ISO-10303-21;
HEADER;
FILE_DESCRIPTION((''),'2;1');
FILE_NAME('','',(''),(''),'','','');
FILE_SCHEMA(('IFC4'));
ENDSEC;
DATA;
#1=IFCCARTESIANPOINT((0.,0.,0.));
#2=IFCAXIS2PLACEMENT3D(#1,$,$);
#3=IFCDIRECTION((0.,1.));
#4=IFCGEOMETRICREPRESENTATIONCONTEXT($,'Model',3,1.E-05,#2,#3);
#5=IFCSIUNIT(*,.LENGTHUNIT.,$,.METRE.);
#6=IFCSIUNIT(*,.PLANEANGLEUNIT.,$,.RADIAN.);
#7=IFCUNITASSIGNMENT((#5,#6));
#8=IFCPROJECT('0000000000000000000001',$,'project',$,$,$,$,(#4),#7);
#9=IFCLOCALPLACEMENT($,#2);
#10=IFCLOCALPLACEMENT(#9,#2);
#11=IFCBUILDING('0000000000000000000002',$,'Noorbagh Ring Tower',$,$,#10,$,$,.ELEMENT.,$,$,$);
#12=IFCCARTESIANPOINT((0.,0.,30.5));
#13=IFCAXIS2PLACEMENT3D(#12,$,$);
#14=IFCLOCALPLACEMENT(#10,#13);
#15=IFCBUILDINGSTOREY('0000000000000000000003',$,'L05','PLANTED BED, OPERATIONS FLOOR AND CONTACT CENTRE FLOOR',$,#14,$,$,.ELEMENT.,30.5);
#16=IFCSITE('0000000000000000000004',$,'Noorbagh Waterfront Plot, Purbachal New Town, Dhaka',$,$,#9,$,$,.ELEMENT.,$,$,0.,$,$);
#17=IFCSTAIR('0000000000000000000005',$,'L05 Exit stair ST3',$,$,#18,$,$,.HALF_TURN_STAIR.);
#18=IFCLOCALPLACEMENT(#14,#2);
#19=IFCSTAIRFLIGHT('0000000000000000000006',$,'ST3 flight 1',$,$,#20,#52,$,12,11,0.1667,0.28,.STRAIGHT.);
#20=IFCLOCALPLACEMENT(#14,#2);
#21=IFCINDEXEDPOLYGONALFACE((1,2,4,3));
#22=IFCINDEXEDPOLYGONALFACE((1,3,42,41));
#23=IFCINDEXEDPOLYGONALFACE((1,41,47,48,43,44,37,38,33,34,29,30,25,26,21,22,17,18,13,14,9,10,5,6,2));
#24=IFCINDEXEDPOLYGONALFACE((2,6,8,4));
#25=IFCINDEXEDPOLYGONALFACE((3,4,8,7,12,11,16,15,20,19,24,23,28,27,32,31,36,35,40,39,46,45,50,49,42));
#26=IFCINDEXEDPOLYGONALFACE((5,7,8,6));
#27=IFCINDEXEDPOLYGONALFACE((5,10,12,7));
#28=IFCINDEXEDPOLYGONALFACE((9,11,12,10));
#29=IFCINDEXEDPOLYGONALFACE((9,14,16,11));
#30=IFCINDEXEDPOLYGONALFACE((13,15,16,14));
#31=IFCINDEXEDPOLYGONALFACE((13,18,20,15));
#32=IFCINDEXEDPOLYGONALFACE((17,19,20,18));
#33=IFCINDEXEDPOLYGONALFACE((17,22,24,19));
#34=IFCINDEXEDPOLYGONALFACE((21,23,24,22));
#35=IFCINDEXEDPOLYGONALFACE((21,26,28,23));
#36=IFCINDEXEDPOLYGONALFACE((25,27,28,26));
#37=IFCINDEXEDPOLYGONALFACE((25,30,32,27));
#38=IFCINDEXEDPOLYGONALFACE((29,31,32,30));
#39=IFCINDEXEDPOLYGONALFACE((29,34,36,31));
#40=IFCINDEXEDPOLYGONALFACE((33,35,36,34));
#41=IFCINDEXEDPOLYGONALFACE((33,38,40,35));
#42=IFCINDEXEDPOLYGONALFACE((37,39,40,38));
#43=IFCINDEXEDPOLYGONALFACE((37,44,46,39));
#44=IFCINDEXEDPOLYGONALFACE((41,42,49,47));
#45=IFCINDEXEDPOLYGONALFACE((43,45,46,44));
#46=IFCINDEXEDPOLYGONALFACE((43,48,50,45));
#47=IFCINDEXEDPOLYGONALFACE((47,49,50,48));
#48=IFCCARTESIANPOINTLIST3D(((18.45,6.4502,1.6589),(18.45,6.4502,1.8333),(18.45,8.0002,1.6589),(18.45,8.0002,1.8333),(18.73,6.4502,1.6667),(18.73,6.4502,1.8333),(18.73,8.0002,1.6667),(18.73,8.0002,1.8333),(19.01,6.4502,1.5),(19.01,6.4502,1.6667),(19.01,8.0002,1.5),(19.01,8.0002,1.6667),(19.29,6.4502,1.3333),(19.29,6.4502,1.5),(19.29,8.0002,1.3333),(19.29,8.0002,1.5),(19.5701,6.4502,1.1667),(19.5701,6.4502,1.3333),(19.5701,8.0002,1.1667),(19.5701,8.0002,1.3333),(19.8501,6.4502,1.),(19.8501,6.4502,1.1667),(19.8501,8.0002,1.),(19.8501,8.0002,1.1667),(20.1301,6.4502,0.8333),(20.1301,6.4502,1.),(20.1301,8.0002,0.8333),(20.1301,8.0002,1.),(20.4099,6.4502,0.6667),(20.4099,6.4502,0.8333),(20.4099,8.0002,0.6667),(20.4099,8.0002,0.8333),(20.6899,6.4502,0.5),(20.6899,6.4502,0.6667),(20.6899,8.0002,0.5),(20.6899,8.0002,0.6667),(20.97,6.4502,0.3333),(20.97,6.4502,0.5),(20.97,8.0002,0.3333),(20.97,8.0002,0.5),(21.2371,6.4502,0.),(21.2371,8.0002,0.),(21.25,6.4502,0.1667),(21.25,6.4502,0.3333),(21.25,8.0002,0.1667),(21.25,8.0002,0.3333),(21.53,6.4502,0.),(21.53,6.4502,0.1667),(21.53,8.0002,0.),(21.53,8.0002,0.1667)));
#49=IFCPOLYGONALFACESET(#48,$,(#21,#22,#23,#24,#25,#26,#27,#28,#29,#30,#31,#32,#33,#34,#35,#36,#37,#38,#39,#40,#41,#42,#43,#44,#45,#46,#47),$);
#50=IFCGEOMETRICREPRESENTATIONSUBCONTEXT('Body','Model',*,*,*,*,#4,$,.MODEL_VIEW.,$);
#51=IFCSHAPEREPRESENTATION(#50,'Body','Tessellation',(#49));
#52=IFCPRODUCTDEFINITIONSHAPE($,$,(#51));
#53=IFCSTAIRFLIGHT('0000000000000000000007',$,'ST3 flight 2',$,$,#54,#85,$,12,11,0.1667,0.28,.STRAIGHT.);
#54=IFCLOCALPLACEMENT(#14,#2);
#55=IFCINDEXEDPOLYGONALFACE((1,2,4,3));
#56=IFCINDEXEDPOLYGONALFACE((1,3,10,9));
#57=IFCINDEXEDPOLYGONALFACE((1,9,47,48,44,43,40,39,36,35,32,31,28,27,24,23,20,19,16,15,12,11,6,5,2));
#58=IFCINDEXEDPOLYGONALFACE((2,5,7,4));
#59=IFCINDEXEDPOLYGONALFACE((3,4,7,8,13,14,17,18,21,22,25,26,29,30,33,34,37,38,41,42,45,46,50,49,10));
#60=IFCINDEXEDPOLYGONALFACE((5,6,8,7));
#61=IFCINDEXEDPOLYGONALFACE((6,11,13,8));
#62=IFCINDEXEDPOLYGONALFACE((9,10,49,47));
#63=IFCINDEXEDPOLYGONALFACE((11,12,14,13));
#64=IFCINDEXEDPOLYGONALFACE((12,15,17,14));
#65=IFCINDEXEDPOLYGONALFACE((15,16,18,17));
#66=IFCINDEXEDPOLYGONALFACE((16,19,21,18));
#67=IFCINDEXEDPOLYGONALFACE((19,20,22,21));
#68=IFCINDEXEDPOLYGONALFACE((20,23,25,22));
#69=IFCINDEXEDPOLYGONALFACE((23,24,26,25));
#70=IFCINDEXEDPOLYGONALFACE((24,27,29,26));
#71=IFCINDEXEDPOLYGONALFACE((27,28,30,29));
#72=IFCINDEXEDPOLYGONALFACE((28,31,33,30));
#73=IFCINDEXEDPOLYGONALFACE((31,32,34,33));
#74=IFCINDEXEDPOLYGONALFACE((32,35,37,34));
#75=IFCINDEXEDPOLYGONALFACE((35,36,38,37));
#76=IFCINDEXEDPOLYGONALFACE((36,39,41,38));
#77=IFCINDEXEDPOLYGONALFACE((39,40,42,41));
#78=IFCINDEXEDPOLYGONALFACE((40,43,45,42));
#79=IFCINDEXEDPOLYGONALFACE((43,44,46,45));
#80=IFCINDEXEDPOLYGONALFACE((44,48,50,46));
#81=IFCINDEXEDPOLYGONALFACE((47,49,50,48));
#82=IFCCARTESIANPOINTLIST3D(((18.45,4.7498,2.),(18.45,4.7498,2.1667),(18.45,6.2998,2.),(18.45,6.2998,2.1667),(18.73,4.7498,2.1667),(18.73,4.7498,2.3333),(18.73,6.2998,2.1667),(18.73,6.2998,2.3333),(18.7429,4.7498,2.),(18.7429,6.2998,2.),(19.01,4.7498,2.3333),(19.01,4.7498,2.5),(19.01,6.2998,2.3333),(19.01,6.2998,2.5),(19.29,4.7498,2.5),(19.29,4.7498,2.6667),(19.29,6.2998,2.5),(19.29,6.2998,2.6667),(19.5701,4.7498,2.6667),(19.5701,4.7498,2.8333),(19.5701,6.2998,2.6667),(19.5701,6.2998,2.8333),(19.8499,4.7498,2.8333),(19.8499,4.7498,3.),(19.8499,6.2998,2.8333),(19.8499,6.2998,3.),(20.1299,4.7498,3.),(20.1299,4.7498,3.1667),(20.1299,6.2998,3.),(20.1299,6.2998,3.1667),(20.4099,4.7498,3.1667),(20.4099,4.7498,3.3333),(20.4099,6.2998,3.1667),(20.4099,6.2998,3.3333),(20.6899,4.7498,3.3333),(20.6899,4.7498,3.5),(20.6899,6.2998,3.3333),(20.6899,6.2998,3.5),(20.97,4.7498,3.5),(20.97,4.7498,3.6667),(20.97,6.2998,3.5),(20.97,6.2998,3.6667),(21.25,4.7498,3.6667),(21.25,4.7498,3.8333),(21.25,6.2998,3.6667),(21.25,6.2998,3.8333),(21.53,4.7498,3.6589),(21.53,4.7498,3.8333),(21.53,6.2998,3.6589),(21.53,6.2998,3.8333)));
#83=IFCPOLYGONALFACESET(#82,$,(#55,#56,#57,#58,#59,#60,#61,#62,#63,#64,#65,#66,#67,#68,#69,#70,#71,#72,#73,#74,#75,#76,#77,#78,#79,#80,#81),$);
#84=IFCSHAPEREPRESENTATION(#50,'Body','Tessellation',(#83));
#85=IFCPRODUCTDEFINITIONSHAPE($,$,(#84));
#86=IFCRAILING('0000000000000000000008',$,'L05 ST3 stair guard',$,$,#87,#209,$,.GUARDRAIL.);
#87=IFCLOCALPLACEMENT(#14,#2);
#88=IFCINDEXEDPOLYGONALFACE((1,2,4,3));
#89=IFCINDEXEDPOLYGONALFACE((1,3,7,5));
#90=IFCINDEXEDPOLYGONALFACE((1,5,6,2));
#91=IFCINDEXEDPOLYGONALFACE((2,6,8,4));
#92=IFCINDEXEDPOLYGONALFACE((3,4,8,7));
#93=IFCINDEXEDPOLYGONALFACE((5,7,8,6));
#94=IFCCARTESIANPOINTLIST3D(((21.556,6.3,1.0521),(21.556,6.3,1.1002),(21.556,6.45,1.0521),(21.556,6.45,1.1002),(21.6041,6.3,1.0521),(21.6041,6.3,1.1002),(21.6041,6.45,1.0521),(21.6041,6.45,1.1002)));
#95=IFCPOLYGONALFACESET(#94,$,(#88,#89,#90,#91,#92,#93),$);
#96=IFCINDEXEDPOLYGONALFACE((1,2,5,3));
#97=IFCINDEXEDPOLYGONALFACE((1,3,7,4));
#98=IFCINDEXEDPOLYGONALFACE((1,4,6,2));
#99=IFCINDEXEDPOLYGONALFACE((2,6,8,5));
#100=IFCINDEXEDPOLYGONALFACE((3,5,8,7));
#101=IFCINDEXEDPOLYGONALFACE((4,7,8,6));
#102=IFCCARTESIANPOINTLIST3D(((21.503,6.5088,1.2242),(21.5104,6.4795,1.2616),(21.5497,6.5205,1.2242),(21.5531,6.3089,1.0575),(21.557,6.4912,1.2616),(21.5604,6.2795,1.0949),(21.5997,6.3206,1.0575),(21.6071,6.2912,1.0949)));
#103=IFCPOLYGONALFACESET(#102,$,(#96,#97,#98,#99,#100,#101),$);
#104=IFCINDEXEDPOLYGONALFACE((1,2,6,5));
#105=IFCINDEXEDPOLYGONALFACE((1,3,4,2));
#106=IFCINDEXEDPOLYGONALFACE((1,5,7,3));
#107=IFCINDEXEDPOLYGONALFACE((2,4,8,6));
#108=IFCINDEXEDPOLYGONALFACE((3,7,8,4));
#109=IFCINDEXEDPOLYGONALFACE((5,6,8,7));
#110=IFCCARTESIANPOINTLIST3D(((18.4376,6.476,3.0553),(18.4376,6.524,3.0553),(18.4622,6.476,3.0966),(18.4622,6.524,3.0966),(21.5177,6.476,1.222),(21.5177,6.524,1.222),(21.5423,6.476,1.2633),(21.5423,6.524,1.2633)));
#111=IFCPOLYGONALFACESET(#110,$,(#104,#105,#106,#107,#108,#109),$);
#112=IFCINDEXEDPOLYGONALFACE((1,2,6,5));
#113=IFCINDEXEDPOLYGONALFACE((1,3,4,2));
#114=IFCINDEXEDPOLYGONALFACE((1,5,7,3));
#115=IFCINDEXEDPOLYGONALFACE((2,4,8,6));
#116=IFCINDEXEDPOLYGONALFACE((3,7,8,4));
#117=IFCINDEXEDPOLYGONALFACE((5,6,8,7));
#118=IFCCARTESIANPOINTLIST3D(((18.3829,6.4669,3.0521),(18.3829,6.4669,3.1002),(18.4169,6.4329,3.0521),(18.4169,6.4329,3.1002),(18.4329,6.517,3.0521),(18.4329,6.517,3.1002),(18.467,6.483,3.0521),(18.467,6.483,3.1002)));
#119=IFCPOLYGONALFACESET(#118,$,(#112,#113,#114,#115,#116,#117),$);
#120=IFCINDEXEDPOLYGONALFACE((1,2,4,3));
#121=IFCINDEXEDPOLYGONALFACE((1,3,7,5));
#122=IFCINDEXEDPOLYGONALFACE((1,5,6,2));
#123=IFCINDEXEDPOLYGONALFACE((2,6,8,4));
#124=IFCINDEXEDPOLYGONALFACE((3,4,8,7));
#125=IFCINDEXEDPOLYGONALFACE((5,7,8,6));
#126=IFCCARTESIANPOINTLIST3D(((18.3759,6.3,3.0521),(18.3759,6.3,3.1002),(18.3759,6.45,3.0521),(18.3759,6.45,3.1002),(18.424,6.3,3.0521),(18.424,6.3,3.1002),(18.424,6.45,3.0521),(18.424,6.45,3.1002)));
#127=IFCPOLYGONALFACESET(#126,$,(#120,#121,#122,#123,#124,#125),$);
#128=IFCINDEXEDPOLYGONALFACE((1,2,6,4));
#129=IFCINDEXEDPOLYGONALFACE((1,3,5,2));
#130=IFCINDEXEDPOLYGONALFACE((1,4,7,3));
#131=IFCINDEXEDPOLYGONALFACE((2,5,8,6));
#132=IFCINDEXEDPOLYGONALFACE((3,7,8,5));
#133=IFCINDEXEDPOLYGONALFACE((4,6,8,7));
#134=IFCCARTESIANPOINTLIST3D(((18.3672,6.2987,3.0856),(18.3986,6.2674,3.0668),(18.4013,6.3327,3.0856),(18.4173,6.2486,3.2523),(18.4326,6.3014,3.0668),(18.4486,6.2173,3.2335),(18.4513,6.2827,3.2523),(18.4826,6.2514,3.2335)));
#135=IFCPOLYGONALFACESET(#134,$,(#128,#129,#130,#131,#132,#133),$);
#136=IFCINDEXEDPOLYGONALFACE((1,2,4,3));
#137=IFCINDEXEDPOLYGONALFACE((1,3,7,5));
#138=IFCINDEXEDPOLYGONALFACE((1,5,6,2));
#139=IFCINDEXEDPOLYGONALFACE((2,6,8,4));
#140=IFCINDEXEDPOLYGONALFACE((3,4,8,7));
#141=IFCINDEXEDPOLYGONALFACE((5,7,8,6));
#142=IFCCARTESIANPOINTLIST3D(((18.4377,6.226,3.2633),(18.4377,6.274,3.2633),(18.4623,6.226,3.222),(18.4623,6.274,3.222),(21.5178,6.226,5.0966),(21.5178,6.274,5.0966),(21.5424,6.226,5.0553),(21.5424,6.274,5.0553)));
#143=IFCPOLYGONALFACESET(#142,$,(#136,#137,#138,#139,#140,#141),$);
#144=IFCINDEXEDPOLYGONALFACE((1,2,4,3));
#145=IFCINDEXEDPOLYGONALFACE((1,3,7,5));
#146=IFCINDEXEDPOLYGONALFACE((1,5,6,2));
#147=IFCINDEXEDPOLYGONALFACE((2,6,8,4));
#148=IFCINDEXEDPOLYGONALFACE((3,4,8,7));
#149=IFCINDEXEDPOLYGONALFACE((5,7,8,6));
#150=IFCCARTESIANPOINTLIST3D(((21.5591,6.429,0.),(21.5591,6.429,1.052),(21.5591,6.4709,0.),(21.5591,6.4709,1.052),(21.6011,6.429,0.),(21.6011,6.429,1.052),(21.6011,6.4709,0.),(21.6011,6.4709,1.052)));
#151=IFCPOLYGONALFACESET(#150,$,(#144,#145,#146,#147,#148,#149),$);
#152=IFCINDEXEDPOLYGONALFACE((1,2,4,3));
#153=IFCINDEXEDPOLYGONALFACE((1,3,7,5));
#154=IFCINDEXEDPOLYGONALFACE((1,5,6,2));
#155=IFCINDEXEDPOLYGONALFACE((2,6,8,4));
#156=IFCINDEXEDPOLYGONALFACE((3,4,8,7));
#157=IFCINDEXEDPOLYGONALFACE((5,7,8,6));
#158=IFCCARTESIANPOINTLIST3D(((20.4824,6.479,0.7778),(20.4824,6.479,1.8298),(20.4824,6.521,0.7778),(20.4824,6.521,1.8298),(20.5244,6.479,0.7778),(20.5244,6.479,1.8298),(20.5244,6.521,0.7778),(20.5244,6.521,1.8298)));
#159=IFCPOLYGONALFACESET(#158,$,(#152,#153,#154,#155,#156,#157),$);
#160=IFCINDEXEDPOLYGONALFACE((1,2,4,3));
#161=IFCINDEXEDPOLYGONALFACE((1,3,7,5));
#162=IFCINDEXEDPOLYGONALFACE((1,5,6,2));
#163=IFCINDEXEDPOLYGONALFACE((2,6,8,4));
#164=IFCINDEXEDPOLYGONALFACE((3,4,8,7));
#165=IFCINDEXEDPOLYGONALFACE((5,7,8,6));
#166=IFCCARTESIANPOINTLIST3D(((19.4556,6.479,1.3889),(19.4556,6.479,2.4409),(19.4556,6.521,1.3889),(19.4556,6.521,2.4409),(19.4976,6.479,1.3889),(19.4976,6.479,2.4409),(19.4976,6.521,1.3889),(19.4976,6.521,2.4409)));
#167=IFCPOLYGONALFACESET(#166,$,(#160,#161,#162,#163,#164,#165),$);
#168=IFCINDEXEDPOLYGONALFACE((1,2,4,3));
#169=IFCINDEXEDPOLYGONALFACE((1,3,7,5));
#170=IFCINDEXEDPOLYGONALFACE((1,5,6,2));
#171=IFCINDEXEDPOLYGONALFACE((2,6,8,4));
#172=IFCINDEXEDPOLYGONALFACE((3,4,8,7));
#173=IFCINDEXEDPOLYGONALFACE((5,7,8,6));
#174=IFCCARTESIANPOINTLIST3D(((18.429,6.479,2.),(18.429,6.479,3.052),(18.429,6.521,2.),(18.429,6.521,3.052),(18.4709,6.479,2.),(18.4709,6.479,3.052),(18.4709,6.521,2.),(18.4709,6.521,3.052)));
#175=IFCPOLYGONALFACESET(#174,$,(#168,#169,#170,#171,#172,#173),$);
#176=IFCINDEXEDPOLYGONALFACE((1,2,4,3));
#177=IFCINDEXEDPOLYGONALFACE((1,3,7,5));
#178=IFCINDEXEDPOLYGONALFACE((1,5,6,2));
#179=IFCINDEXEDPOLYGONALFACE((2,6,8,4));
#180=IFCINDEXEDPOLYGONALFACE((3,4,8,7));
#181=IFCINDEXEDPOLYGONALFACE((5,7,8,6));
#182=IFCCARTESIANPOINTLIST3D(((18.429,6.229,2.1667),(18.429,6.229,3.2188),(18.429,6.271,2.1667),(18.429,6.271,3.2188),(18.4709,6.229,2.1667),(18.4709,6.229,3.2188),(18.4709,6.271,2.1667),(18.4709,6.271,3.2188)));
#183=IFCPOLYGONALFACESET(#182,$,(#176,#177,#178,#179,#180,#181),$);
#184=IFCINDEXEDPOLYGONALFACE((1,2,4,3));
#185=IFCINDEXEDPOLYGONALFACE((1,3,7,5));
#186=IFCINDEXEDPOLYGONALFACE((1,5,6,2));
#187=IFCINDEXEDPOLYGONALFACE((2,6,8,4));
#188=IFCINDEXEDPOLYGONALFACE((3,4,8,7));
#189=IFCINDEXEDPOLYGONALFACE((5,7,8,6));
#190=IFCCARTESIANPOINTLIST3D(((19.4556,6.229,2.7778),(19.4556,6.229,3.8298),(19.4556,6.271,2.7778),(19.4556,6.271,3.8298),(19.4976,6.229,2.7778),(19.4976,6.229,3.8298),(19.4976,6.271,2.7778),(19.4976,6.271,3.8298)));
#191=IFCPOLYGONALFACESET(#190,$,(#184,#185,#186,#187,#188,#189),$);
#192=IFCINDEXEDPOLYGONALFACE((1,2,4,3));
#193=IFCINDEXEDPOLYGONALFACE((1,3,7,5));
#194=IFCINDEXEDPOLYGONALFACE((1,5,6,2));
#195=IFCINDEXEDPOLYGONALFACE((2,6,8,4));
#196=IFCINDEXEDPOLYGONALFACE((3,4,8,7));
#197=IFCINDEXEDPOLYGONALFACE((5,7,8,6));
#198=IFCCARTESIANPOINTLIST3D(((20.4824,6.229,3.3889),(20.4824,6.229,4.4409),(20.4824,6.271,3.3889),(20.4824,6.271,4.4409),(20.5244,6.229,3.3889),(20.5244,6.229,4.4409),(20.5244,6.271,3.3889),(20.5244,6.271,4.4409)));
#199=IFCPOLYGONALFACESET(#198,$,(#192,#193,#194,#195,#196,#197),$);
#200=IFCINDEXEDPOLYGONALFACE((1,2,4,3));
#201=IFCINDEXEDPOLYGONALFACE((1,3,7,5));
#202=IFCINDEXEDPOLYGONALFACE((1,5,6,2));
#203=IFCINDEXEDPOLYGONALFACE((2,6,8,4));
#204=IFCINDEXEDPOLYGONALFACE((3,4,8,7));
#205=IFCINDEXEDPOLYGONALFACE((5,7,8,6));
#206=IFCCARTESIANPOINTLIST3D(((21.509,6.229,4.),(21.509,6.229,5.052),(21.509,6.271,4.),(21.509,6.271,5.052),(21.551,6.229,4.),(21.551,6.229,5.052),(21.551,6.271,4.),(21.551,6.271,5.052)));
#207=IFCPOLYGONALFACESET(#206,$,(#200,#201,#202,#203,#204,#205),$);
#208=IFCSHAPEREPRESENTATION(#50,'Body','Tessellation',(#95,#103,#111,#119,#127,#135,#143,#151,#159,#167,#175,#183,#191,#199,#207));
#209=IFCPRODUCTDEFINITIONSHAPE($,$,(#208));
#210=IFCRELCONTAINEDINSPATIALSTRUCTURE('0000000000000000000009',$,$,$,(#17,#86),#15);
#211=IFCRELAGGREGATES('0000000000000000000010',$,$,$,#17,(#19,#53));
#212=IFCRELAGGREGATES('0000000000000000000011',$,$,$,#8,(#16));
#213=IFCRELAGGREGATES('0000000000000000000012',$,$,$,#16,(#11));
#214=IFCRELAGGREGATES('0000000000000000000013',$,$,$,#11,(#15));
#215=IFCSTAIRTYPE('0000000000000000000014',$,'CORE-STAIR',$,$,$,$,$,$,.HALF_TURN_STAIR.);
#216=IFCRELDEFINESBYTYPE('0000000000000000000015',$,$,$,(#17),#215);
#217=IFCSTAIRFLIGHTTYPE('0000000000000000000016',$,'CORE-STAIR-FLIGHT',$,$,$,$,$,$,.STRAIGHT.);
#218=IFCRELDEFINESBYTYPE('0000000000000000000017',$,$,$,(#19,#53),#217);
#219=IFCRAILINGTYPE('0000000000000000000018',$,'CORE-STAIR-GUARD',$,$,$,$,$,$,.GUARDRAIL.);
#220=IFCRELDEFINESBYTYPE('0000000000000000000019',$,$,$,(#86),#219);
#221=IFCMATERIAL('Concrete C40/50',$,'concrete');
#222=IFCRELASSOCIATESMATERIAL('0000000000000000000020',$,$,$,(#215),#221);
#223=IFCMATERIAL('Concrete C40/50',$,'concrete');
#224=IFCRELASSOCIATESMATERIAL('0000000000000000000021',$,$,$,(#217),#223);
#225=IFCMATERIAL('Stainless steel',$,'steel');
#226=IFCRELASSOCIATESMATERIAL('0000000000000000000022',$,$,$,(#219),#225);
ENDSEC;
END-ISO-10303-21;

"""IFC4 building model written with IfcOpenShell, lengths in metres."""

from ifc_helpers import new_model, si_unit, direction, frame, origin, origin_2d, place, context, subcontext, project, spatial, polyline, rectangle, outline, extrude, material, type_object, element, aggregate, save


model = new_model("IFC4")

# Units and contexts
model_context = context("Model", 3, precision=1e-05, world=origin(), true_north=direction((0.0, 1.0)))
body_context = subcontext(model_context, "Body", "Model", "MODEL_VIEW")
ifc_project = project(units=[si_unit("LENGTHUNIT", "METRE"), si_unit("PLANEANGLEUNIT", "RADIAN")], contexts=[model_context])

# Site, building, storey
site_placement = place(None, origin())
site = spatial("IfcSite", under=ifc_project, at=site_placement, Name="Noorbagh Waterfront Plot, Purbachal New Town, Dhaka", CompositionType="ELEMENT", RefElevation=0.0)
building_placement = place(site_placement, origin())
building = spatial("IfcBuilding", under=site, at=building_placement, Name="Noorbagh Ring Tower", CompositionType="ELEMENT")
storey_placement = place(building_placement, frame((0.0, 0.0, 30.5)))
storey = spatial("IfcBuildingStorey", under=building, at=storey_placement, Name="L05", Description="PLANTED BED, OPERATIONS FLOOR AND CONTACT CENTRE FLOOR", CompositionType="ELEMENT", Elevation=30.5)

# Stair, stair flights
ifc_material_1 = material(Name="Concrete C40/50", Category="concrete")
stair_type = type_object("IfcStairType", Name="CORE-STAIR", PredefinedType="HALF_TURN_STAIR", material=ifc_material_1)
stair_placement = place(storey_placement, origin())
stair = element("IfcStair", 1, at=stair_placement, inside=storey, type_object=stair_type, Name="L05 Exit stair ST3", PredefinedType="HALF_TURN_STAIR")
ifc_material_2 = material(Name="Concrete C40/50", Category="concrete")
stair_flight_type = type_object("IfcStairFlightType", Name="CORE-STAIR-FLIGHT", PredefinedType="STRAIGHT", material=ifc_material_2)
stair_flight_1_placement = place(storey_placement, frame((21.53, 7.2251, 0.0), z_axis=(0.0, 0.0, 1.0), x_axis=(-1.0, 0.0, 0.0)))
stair_flight_1 = element("IfcStairFlight", 2, at=stair_flight_1_placement, type_object=stair_flight_type, Name="ST3 flight 1", NumberOfRisers=12, NumberOfTreads=11, PredefinedType="STRAIGHT", RiserHeight=0.1667, TreadLength=0.28, context=body_context, shape_type="SweptSolid", body=[
    extrude(outline(polyline([(0.0, 0.0), (0.0, 0.1667), (0.28, 0.1667), (0.28, 0.3333), (0.5601, 0.3333), (0.5601, 0.5), (0.8401, 0.5), (0.8401, 0.6667), (1.1201, 0.6667), (1.1201, 0.8333), (1.3999, 0.8333), (1.3999, 1.0), (1.6799, 1.0), (1.6799, 1.1667), (1.96, 1.1667), (1.96, 1.3333), (2.24, 1.3333), (2.24, 1.5), (2.52, 1.5), (2.52, 1.6667), (2.8, 1.6667), (2.8, 1.8333), (3.0801, 1.8333), (3.0801, 2.0), (3.0801, 1.6589), (0.293, 0.0), (0.0, 0.0)])), frame((0.0, 0.7749, 0.0), z_axis=(0.0, -1.0, 0.0), x_axis=(1.0, 0.0, 0.0)), (0.0, 0.0, 1.0), 1.55),
])
stair_flight_2_placement = place(storey_placement, frame((18.45, 5.5249, 2.0), z_axis=(0.0, 0.0, 1.0), x_axis=(1.0, 0.0, 0.0)))
stair_flight_2 = element("IfcStairFlight", 3, at=stair_flight_2_placement, type_object=stair_flight_type, Name="ST3 flight 2", NumberOfRisers=12, NumberOfTreads=11, PredefinedType="STRAIGHT", RiserHeight=0.1667, TreadLength=0.28, context=body_context, shape_type="SweptSolid", body=[
    extrude(outline(polyline([(0.0, 0.0), (0.0, 0.1667), (0.28, 0.1667), (0.28, 0.3333), (0.5601, 0.3333), (0.5601, 0.5), (0.8401, 0.5), (0.8401, 0.6667), (1.1201, 0.6667), (1.1201, 0.8333), (1.3999, 0.8333), (1.3999, 1.0), (1.6799, 1.0), (1.6799, 1.1667), (1.96, 1.1667), (1.96, 1.3333), (2.24, 1.3333), (2.24, 1.5), (2.52, 1.5), (2.52, 1.6667), (2.8, 1.6667), (2.8, 1.8333), (3.0801, 1.8333), (3.0801, 2.0), (3.0801, 1.6589), (0.293, 0.0), (0.0, 0.0)])), frame((0.0, 0.7749, 0.0), z_axis=(0.0, -1.0, 0.0), x_axis=(1.0, 0.0, 0.0)), (0.0, 0.0, 1.0), 1.55),
])
aggregate(stair, [stair_flight_1, stair_flight_2])

# Railing
ifc_material_3 = material(Name="Stainless steel", Category="steel")
railing_type_1 = type_object("IfcRailingType", Name="CORE-STAIR-GUARD", PredefinedType="GUARDRAIL", material=ifc_material_3)
railing_1_placement = place(storey_placement, frame((21.5801, 6.45, 0.0)))
element("IfcRailing", 4, at=railing_1_placement, inside=storey, type_object=railing_type_1, Name="L05 ST3 stair guard", PredefinedType="GUARDRAIL", context=body_context, shape_type="SweptSolid", body=[
    extrude(rectangle(XDim=0.0481, YDim=0.0481, at=origin_2d()), frame((0.0, 0.0, 1.0762), z_axis=(0.0, -1.0, 0.0), x_axis=(1.0, 0.0, 0.0)), (0.0, 0.0, 1.0), 0.1499),
    extrude(rectangle(XDim=0.0481, YDim=0.0481, at=origin_2d()), frame((0.0, -0.1499, 1.0762), z_axis=(-0.188776, 0.754182, 0.628946), x_axis=(-0.970073, -0.242814, 0.0)), (0.0, 0.0, 1.0), 0.2651),
    extrude(rectangle(XDim=0.0481, YDim=0.0481, at=origin_2d()), frame((-0.05, 0.05, 1.2427), z_axis=(-0.859309, 0.0, 0.511458), x_axis=(0.0, -1.0, 0.0)), (0.0, 0.0, 1.0), 3.5845),
    extrude(rectangle(XDim=0.0481, YDim=0.0481, at=origin_2d()), frame((-3.1301, 0.05, 3.0762), z_axis=(-0.707107, -0.707107, 0.0), x_axis=(0.707107, -0.707107, 0.0)), (0.0, 0.0, 1.0), 0.0708),
    extrude(rectangle(XDim=0.0481, YDim=0.0481, at=origin_2d()), frame((-3.1802, 0.0, 3.0762), z_axis=(0.0, -1.0, 0.0), x_axis=(1.0, 0.0, 0.0)), (0.0, 0.0, 1.0), 0.1499),
    extrude(rectangle(XDim=0.0481, YDim=0.0481, at=origin_2d()), frame((-3.1802, -0.1499, 3.0762), z_axis=(0.276287, -0.276287, 0.920506), x_axis=(0.707107, 0.707107, 0.0)), (0.0, 0.0, 1.0), 0.1812),
    extrude(rectangle(XDim=0.0481, YDim=0.0481, at=origin_2d()), frame((-3.1301, -0.2, 3.2427), z_axis=(0.859309, 0.0, 0.511458), x_axis=(0.0, 1.0, 0.0)), (0.0, 0.0, 1.0), 3.5845),
    extrude(rectangle(XDim=0.042, YDim=0.042, at=origin_2d()), origin(), (0.0, 0.0, 1.0), 1.052),
    extrude(rectangle(XDim=0.042, YDim=0.042, at=origin_2d()), frame((-1.0767, 0.05, 0.7778)), (0.0, 0.0, 1.0), 1.052),
    extrude(rectangle(XDim=0.042, YDim=0.042, at=origin_2d()), frame((-2.1035, 0.05, 1.3889)), (0.0, 0.0, 1.0), 1.052),
    extrude(rectangle(XDim=0.042, YDim=0.042, at=origin_2d()), frame((-3.1301, 0.05, 2.0)), (0.0, 0.0, 1.0), 1.052),
    extrude(rectangle(XDim=0.042, YDim=0.042, at=origin_2d()), frame((-3.1301, -0.2, 2.1667)), (0.0, 0.0, 1.0), 1.052),
    extrude(rectangle(XDim=0.042, YDim=0.042, at=origin_2d()), frame((-2.1035, -0.2, 2.7778)), (0.0, 0.0, 1.0), 1.052),
    extrude(rectangle(XDim=0.042, YDim=0.042, at=origin_2d()), frame((-1.0767, -0.2, 3.3889)), (0.0, 0.0, 1.0), 1.052),
    extrude(rectangle(XDim=0.042, YDim=0.042, at=origin_2d()), frame((-0.05, -0.2, 4.0)), (0.0, 0.0, 1.0), 1.052),
])

save(model, "model.ifc")
